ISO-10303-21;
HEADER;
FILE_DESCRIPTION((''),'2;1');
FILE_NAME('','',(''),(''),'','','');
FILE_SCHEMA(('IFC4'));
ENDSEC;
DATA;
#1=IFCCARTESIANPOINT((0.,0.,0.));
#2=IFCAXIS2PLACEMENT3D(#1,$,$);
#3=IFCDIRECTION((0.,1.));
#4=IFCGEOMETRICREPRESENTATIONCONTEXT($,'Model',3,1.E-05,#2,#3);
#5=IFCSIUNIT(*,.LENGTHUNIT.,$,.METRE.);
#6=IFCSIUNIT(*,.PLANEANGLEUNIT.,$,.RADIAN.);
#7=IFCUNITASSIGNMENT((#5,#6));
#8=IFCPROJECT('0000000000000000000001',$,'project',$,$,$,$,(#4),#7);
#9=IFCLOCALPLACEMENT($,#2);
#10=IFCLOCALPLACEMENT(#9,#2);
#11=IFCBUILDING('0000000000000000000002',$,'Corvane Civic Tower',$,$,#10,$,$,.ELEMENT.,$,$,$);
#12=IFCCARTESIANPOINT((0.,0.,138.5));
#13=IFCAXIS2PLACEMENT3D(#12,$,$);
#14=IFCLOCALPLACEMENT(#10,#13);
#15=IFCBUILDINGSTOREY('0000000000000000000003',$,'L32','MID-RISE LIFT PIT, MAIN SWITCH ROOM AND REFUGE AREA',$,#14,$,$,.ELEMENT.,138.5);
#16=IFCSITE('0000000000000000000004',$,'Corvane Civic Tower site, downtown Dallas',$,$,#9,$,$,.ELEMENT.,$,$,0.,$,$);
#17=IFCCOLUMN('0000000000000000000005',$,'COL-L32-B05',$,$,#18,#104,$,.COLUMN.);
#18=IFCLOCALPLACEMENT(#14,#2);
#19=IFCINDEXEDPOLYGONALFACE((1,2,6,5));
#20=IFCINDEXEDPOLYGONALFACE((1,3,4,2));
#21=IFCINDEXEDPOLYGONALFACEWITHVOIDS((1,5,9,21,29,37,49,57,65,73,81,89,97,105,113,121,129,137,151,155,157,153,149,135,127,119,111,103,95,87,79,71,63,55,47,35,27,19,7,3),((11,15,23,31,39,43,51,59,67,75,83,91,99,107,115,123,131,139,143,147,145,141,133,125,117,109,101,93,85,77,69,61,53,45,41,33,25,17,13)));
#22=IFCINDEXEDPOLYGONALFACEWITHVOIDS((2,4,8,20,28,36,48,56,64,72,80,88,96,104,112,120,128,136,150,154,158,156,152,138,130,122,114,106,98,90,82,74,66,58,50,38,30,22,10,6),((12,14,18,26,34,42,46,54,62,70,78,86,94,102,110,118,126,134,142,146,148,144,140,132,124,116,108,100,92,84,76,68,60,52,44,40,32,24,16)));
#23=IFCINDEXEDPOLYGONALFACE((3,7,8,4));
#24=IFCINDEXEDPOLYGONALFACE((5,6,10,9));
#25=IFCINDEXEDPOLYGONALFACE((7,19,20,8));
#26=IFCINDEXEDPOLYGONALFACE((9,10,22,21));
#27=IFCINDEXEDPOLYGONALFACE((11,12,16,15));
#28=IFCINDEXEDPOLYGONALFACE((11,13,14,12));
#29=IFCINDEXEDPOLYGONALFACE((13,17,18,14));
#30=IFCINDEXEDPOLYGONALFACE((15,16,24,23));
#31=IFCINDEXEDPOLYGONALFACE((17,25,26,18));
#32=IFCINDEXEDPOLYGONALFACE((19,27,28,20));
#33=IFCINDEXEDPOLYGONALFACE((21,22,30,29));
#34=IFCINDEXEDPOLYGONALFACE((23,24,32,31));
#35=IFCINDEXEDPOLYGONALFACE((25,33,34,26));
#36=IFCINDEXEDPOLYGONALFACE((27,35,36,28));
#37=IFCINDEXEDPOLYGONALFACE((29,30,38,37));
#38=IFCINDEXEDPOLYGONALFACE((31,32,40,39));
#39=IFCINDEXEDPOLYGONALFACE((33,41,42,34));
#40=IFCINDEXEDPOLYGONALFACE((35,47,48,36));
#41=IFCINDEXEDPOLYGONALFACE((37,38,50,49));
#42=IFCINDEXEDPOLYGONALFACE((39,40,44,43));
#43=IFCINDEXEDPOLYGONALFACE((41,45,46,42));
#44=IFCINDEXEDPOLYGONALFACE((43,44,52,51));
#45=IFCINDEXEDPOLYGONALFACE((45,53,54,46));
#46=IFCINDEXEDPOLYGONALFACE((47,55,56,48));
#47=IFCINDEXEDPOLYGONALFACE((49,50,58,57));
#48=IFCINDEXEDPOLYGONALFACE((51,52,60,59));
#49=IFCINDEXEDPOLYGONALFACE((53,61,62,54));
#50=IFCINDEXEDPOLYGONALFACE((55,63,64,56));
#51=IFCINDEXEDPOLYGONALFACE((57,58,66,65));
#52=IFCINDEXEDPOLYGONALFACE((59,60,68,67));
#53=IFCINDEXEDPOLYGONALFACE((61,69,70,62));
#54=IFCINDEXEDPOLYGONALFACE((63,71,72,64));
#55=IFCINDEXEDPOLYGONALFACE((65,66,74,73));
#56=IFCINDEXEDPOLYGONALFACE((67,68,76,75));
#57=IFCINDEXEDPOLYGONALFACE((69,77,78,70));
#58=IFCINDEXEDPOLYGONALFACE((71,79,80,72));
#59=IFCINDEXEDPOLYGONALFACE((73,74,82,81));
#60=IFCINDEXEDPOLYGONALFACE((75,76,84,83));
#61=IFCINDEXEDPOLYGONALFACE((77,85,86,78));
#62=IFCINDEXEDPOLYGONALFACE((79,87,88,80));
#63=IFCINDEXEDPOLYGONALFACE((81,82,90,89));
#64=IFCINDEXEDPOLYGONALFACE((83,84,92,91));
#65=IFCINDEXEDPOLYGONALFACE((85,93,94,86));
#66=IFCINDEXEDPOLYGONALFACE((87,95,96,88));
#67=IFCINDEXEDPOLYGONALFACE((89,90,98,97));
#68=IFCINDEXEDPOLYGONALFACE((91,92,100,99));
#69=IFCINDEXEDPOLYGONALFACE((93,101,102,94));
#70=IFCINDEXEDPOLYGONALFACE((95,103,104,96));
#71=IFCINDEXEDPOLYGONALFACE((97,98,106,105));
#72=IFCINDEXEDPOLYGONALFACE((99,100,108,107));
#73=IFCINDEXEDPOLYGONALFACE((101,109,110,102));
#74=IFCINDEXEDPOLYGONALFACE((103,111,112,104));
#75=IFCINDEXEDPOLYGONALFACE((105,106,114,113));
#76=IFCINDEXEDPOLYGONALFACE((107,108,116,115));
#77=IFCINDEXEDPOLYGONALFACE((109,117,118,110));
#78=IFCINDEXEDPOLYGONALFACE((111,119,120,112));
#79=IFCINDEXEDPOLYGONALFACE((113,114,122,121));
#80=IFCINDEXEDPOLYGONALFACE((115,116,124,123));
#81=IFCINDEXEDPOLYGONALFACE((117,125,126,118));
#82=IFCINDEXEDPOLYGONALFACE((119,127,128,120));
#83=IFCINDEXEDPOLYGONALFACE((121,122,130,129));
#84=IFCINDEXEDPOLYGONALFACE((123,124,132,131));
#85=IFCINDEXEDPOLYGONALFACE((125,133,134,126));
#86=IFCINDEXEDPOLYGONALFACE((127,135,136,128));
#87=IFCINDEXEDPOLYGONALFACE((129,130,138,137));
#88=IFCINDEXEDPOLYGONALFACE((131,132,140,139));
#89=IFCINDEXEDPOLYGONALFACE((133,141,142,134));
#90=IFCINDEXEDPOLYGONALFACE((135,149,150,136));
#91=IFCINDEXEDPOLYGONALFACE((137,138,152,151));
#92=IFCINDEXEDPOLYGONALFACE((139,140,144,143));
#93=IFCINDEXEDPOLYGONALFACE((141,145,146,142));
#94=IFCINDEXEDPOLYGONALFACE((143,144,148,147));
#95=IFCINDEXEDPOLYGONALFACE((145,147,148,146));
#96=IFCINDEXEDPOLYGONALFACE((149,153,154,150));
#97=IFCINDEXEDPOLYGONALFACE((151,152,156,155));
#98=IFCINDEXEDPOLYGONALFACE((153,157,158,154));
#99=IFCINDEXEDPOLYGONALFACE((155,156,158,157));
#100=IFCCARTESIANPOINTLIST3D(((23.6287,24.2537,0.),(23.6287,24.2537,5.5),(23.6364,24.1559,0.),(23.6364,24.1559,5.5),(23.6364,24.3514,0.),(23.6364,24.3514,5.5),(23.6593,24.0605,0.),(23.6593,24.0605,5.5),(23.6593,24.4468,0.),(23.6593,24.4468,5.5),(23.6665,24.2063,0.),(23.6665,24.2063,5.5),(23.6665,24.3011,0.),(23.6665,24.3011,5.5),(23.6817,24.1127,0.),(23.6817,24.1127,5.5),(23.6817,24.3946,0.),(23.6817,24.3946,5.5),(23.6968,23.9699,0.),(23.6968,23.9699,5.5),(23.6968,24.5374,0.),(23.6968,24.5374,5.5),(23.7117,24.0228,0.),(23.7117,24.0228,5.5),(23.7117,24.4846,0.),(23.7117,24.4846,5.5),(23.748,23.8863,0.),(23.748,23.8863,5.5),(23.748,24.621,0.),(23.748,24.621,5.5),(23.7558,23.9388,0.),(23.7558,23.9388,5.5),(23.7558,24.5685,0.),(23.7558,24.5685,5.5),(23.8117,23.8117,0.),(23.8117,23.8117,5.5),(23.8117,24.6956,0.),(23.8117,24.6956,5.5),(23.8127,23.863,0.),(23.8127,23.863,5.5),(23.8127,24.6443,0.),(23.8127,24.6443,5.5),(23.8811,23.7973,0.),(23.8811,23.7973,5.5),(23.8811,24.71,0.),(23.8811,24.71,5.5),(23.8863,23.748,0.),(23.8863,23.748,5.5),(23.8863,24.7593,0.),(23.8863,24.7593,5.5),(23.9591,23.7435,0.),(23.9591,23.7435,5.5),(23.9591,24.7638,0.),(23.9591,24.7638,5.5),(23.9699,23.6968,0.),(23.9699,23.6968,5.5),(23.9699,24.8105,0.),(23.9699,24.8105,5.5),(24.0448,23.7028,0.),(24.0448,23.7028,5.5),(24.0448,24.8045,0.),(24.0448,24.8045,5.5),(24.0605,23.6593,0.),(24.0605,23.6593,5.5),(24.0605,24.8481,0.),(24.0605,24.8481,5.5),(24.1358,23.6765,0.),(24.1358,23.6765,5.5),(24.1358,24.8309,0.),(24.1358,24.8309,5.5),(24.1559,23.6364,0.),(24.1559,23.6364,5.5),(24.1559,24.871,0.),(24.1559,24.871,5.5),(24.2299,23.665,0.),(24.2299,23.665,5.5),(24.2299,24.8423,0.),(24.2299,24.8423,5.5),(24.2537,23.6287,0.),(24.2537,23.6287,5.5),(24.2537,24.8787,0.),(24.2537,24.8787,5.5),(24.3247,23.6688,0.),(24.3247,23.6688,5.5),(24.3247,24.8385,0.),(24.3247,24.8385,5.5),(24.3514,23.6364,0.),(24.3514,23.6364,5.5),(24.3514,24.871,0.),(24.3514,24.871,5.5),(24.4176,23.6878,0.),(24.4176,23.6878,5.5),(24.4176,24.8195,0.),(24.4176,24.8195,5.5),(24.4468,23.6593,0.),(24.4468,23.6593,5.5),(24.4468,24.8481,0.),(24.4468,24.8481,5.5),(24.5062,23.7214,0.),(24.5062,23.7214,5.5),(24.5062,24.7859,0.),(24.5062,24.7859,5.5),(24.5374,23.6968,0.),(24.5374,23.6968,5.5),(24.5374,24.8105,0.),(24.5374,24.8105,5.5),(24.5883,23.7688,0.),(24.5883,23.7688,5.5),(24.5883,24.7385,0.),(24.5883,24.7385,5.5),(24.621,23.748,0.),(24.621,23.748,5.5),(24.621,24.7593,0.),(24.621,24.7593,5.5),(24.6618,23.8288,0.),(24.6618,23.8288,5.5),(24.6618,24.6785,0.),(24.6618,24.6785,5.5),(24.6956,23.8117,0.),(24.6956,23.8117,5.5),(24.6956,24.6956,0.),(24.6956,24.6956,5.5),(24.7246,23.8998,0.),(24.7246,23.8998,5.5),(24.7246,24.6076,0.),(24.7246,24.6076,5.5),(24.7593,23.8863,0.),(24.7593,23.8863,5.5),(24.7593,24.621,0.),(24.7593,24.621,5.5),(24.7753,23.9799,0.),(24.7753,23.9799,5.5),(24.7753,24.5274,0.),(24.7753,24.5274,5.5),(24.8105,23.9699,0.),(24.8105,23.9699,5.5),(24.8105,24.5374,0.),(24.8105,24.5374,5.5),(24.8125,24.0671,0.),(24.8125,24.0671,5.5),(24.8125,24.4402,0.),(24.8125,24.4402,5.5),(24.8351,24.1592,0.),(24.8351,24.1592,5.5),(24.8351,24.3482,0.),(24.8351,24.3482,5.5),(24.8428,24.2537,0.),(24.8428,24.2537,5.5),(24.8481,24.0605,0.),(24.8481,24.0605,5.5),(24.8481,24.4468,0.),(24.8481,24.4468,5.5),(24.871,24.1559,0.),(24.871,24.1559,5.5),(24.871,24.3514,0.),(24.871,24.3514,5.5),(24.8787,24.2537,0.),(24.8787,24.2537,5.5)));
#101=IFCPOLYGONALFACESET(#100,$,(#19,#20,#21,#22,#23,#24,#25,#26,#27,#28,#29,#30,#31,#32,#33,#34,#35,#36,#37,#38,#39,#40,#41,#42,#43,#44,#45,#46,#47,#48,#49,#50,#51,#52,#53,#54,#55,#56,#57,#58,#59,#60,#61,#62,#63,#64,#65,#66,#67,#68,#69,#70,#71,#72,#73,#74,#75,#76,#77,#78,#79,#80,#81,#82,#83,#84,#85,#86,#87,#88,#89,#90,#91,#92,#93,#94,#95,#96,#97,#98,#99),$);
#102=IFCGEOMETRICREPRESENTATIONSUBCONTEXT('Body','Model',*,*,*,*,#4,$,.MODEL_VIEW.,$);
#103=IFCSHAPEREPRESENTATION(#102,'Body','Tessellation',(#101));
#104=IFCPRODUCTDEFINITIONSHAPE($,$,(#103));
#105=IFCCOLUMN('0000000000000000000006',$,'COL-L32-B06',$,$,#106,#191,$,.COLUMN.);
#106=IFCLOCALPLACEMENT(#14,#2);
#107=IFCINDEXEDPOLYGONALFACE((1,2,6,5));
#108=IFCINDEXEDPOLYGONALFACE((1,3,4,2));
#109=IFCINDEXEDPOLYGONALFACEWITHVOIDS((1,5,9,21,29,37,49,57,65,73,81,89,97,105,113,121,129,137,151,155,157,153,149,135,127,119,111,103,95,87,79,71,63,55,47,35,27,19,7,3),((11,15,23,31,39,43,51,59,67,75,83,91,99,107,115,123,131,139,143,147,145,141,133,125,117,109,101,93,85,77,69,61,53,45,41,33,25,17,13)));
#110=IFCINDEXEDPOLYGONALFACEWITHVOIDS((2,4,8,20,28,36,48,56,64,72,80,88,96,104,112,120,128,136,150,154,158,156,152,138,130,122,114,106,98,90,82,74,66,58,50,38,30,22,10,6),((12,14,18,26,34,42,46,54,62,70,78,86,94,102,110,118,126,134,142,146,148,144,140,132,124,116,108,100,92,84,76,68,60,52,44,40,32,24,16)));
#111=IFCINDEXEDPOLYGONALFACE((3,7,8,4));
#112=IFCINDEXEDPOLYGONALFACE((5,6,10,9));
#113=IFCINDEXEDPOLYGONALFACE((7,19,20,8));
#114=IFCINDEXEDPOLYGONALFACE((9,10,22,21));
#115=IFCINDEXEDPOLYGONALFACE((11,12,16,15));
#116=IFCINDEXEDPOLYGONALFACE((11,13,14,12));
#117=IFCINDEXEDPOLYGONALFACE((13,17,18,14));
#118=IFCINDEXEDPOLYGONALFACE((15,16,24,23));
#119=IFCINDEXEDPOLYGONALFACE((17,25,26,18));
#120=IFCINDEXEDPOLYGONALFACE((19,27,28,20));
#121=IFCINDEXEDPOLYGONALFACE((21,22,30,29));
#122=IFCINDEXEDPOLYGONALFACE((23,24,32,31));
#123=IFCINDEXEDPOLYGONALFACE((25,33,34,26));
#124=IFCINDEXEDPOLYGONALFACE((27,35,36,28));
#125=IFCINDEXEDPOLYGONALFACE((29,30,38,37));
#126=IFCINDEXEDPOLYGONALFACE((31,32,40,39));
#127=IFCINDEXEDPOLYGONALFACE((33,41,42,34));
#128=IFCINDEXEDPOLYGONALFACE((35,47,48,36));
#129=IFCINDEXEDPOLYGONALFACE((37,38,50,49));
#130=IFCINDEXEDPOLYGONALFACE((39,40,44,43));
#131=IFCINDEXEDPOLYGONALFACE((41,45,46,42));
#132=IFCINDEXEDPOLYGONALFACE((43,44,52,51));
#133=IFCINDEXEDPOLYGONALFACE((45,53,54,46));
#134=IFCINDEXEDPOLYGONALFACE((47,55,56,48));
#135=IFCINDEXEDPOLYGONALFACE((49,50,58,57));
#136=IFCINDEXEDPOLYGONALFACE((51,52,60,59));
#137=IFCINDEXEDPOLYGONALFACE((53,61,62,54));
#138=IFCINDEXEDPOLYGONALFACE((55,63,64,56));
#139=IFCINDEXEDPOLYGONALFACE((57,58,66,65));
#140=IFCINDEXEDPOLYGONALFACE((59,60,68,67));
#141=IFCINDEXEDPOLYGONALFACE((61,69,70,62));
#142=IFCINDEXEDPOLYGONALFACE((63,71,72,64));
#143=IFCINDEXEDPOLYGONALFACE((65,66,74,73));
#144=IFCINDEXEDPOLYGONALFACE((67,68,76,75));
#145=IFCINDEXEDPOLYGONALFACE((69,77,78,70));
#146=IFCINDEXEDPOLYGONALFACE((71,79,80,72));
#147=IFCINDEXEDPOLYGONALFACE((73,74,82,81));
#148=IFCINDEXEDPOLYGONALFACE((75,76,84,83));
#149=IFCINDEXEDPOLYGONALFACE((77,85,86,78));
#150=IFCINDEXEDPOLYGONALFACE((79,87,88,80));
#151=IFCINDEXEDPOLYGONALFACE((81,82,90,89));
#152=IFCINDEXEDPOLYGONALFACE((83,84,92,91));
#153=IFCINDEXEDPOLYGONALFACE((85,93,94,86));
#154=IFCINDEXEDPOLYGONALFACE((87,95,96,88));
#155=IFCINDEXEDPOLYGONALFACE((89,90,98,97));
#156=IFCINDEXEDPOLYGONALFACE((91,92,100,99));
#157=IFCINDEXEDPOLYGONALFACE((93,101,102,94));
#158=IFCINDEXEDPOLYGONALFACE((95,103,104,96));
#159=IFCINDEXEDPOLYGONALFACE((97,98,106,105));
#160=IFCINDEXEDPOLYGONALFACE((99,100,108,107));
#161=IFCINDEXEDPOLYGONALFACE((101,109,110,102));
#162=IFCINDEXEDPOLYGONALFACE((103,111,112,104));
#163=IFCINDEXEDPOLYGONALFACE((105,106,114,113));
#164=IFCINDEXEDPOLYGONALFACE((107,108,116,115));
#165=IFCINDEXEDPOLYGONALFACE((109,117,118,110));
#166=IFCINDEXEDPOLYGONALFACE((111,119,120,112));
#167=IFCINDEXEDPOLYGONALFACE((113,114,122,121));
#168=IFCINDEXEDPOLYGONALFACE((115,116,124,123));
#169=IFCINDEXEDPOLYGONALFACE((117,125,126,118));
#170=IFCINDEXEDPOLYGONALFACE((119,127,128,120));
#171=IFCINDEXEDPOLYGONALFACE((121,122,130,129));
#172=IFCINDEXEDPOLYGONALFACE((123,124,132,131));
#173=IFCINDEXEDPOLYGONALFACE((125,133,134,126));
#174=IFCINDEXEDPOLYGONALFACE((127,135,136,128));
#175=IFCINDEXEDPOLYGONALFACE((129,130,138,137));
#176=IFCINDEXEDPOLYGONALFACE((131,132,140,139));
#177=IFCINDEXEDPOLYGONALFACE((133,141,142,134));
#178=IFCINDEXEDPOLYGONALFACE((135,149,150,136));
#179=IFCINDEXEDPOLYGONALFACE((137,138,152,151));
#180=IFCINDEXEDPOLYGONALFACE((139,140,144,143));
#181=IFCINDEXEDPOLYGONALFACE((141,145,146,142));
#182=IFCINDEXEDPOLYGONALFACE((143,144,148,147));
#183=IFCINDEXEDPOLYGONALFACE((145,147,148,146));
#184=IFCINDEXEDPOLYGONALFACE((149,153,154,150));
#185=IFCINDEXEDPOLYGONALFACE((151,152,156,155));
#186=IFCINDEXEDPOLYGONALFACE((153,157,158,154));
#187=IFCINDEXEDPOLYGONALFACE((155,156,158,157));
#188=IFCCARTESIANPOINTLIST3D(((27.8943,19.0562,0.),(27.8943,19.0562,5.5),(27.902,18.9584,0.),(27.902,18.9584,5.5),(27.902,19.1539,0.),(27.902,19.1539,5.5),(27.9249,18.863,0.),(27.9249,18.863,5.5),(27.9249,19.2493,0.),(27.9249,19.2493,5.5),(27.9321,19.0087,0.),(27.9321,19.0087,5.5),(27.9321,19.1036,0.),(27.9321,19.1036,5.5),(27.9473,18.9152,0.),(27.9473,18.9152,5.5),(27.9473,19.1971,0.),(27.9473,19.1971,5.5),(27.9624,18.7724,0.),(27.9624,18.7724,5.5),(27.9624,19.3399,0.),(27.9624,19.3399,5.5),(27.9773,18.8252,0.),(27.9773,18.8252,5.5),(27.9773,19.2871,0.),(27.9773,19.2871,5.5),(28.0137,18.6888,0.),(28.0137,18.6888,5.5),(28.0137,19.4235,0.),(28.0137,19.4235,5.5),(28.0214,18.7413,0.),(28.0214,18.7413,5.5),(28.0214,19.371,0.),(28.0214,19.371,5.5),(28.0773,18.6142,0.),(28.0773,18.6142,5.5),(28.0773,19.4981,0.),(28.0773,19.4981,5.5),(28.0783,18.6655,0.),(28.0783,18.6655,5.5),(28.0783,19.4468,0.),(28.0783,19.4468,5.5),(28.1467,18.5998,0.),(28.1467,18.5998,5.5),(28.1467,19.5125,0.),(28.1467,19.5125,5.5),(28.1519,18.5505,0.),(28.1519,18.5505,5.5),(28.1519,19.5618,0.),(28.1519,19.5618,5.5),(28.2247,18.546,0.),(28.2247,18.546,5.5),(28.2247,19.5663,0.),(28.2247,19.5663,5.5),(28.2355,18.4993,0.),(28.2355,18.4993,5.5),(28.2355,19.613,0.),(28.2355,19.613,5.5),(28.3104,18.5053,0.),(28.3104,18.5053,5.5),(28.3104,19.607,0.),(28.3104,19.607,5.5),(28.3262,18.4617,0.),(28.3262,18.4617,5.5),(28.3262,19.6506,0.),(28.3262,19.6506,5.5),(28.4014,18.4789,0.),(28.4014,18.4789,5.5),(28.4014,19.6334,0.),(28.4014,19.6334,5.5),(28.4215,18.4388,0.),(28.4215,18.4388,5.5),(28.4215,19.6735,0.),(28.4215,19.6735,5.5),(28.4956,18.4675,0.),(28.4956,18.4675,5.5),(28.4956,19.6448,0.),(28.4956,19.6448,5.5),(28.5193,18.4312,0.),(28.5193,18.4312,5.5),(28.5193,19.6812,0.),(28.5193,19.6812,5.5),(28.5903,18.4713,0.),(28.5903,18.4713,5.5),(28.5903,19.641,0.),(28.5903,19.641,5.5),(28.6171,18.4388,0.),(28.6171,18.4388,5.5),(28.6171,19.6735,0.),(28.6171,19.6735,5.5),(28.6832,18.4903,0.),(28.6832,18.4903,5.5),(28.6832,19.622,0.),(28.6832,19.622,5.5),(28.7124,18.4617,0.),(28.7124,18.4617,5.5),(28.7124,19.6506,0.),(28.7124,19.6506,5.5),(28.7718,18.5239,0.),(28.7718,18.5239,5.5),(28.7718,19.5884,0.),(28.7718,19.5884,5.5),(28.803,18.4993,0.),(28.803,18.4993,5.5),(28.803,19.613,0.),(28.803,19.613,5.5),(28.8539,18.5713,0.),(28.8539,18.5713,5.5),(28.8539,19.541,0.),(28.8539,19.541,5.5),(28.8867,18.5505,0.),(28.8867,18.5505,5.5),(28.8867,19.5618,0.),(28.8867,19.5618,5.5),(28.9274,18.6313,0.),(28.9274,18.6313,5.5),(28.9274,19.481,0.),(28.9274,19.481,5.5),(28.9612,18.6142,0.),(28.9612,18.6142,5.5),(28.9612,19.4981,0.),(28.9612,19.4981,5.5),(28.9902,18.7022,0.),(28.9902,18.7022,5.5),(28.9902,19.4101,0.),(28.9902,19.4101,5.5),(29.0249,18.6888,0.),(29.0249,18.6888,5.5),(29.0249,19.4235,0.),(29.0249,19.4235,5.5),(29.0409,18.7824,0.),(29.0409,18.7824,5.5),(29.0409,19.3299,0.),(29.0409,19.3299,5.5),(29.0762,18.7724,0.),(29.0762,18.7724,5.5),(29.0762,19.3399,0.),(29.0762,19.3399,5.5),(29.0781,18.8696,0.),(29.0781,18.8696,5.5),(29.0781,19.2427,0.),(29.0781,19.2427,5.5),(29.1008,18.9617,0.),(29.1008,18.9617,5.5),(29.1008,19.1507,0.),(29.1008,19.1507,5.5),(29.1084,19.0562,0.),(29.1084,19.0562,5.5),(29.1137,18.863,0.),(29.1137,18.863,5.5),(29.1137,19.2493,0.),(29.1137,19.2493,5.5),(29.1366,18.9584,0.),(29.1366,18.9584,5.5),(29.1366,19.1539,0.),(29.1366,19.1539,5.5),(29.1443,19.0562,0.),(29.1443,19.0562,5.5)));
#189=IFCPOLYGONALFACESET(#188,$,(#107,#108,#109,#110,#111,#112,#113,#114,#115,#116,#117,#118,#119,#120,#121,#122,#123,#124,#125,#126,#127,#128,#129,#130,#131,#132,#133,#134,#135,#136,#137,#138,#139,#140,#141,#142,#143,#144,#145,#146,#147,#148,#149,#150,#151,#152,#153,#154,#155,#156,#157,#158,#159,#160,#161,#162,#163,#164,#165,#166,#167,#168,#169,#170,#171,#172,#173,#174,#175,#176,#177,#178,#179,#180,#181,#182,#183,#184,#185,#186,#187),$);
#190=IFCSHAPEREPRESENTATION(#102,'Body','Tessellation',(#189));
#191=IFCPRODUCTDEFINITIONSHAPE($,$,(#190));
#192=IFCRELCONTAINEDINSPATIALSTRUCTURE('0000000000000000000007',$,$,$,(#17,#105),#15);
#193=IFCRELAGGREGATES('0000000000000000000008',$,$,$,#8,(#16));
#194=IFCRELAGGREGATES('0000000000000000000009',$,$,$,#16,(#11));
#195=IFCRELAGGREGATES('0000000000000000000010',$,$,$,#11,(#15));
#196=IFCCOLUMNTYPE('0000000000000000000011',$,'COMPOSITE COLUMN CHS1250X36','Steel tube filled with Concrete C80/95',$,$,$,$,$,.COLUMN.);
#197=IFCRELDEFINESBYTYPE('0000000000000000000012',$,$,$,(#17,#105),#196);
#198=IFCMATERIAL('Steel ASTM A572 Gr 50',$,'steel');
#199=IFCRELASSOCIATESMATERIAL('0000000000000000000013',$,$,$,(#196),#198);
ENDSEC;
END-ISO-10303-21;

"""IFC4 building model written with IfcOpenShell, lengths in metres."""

from ifc_helpers import new_model, si_unit, direction, frame, origin, origin_2d, place, context, subcontext, project, spatial, hollow_circle, extrude, material, material_profile, profile_set, type_object, element, save


model = new_model("IFC4")

# Units and contexts
model_context = context("Model", 3, precision=1e-05, world=origin(), true_north=direction((0.0, 1.0)))
body_context = subcontext(model_context, "Body", "Model", "MODEL_VIEW")
ifc_project = project(units=[si_unit("LENGTHUNIT", "METRE"), si_unit("PLANEANGLEUNIT", "RADIAN")], contexts=[model_context])

# Site, building, storey
site_placement = place(None, origin())
site = spatial("IfcSite", under=ifc_project, at=site_placement, Name="Corvane Civic Tower site, downtown Dallas", CompositionType="ELEMENT", RefElevation=0.0)
building_placement = place(site_placement, origin())
building = spatial("IfcBuilding", under=site, at=building_placement, Name="Corvane Civic Tower", CompositionType="ELEMENT")
storey_placement = place(building_placement, frame((0.0, 0.0, 138.5)))
storey = spatial("IfcBuildingStorey", under=building, at=storey_placement, Name="L32", Description="MID-RISE LIFT PIT, MAIN SWITCH ROOM AND REFUGE AREA", CompositionType="ELEMENT", Elevation=138.5)

# Columns
ifc_material_1 = material(Name="Steel ASTM A572 Gr 50", Category="steel")
ifc_material_profile_1 = material_profile(ifc_material_1, hollow_circle(Radius=0.625, WallThickness=0.0359, at=origin_2d()), Name="CHS1250X36")
ifc_profile_set_1 = profile_set([ifc_material_profile_1], Name="Steel ASTM A572 Gr 50")
column_type = type_object("IfcColumnType", Name="COMPOSITE COLUMN CHS1250X36", Description="Steel tube filled with Concrete C80/95", PredefinedType="COLUMN", material=ifc_profile_set_1)
for number, where, z_axis, x_axis, name in (
    (1, (24.2537, 24.2537, 0.0), (0.0, 0.0, 1.0), (1.0, 0.0, 0.0), "COL-L32-B05"),
    (2, (28.5193, 19.0562, 0.0), (0.0, 0.0, 1.0), (1.0, 0.0, 0.0), "COL-L32-B06"),
):
    element("IfcColumn", number, at=place(storey_placement, frame(where, z_axis=z_axis, x_axis=x_axis)), inside=storey, type_object=column_type, Name=name, PredefinedType="COLUMN", context=body_context, shape_type="SweptSolid", body=[
        extrude(hollow_circle(Radius=0.625, WallThickness=0.0359, at=origin_2d()), origin(), (0.0, 0.0, 1.0), 5.5),
    ])

save(model, "model.ifc")
